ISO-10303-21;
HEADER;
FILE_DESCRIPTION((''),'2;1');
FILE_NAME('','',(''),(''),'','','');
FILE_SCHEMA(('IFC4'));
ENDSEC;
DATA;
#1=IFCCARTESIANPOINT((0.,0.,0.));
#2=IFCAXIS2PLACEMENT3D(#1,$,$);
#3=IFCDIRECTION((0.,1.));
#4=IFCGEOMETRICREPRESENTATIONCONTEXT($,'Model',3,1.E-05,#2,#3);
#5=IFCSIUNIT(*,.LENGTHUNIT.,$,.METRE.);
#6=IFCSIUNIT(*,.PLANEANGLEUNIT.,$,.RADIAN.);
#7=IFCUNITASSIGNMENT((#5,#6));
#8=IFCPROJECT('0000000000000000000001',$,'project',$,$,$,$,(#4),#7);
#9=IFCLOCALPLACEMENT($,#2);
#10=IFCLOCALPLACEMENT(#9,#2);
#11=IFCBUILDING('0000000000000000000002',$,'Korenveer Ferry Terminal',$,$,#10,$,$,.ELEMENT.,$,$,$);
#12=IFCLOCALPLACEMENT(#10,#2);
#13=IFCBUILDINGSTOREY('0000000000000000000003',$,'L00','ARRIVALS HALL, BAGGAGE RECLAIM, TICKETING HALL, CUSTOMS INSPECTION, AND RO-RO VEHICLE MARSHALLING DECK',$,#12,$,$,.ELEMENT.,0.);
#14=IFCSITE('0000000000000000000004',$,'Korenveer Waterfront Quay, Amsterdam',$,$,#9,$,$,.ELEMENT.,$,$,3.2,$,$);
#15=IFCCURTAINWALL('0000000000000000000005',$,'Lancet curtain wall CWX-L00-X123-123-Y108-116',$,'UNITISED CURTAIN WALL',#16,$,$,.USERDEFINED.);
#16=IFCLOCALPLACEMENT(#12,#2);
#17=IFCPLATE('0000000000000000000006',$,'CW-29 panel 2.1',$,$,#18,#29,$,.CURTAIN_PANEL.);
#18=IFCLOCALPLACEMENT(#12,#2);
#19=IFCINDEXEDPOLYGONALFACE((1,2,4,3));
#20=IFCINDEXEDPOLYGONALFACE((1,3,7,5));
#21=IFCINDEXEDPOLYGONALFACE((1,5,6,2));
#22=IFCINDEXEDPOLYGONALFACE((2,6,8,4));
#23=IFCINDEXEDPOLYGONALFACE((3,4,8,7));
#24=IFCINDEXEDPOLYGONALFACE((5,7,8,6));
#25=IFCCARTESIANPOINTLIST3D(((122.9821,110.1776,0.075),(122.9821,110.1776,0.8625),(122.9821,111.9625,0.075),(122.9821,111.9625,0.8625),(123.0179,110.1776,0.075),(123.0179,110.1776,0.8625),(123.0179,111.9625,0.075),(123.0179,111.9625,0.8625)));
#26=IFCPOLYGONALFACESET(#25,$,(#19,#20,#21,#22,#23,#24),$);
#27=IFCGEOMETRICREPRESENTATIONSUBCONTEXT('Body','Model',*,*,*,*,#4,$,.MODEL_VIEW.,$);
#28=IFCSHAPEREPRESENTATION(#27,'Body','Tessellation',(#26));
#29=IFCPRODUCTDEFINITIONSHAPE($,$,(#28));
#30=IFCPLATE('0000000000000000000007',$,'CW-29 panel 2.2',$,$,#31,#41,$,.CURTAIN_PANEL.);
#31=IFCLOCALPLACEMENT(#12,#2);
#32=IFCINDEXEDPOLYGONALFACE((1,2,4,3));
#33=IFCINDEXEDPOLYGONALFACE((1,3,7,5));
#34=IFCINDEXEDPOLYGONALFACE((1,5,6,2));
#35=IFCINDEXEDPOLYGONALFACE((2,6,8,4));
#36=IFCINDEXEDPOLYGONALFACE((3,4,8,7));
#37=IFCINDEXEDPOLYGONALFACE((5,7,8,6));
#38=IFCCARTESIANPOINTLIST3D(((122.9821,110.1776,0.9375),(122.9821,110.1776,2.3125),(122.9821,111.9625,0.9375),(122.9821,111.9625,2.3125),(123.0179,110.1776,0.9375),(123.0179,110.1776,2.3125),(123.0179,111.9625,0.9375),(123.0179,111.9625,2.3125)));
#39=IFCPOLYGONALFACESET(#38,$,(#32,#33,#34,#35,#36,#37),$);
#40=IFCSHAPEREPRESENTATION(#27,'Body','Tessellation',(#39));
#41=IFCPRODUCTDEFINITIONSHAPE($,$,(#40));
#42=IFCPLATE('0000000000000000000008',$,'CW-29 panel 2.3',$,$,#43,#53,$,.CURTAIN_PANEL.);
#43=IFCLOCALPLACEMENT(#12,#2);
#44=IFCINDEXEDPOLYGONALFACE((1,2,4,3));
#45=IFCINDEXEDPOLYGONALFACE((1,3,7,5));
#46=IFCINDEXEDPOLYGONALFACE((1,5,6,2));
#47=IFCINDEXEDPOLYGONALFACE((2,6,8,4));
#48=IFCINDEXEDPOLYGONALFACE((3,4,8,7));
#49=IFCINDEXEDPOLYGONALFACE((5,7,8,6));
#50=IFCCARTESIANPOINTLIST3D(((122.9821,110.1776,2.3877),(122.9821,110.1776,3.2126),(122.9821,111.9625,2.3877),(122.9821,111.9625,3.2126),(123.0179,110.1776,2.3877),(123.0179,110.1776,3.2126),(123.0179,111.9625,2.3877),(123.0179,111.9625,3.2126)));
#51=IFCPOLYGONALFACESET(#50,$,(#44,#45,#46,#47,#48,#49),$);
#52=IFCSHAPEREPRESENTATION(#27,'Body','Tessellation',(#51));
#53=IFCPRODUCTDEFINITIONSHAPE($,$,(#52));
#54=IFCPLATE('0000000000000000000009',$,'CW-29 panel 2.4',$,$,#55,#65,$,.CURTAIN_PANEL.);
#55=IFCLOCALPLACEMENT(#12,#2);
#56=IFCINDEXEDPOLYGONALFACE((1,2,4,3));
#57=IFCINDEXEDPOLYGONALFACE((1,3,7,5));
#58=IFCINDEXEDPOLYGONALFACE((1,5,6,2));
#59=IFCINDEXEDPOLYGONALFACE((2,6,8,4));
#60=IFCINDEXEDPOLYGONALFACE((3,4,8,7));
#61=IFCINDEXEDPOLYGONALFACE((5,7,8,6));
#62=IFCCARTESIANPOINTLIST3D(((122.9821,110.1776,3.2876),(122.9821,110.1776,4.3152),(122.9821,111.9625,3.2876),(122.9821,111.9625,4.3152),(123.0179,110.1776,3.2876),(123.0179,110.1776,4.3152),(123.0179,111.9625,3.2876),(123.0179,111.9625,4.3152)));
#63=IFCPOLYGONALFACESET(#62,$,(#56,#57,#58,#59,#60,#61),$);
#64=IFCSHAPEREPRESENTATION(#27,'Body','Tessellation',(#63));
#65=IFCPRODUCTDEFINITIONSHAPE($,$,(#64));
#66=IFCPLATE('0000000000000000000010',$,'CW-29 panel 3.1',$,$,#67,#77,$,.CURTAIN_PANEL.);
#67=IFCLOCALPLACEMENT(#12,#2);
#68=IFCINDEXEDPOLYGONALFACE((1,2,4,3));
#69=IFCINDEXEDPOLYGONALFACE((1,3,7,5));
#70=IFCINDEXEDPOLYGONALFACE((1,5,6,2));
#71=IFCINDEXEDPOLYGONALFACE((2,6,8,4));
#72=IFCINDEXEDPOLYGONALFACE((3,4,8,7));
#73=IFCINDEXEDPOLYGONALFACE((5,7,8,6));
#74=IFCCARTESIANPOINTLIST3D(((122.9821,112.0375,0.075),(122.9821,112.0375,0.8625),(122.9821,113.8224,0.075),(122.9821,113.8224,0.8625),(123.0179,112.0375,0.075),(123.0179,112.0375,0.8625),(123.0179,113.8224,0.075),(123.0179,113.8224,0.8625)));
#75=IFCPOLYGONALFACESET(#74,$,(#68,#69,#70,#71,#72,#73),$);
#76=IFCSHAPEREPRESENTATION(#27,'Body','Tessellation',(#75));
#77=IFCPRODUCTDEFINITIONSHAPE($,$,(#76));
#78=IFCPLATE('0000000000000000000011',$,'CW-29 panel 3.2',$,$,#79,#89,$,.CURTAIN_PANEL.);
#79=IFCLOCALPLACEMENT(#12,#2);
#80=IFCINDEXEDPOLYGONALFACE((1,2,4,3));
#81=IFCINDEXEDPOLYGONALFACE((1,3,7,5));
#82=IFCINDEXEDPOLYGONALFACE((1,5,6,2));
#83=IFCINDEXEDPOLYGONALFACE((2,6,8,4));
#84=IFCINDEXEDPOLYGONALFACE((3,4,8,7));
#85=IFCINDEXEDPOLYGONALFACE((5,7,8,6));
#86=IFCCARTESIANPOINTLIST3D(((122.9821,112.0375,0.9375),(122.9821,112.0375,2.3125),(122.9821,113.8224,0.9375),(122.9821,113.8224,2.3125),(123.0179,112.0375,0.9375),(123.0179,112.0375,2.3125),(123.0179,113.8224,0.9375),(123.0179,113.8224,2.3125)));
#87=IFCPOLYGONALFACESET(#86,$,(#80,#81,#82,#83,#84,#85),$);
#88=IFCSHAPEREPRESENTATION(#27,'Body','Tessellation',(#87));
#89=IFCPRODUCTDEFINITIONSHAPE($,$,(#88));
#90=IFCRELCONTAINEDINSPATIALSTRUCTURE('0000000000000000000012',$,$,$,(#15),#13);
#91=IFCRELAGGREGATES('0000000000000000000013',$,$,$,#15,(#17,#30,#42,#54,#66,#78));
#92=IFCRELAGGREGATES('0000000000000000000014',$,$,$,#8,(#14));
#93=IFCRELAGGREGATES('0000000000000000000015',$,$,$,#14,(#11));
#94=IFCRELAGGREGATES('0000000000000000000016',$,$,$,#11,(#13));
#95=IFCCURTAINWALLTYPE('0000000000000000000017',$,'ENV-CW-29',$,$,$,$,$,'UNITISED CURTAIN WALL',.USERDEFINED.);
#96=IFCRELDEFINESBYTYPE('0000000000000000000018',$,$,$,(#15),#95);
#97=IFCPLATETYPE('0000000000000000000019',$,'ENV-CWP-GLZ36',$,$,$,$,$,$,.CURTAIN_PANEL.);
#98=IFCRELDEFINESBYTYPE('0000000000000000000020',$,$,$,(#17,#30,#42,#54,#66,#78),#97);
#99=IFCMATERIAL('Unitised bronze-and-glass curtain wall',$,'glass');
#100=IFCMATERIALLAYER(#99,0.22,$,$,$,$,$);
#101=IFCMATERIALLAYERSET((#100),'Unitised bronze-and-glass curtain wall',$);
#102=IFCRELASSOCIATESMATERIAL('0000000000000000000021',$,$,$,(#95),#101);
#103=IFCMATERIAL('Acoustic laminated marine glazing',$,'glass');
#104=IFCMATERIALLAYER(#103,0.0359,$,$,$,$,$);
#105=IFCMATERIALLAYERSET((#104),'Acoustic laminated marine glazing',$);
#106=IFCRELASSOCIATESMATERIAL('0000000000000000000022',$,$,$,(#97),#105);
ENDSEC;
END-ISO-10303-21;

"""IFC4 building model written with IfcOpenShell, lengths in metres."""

from ifc_helpers import new_model, si_unit, direction, frame, origin, origin_2d, place, context, subcontext, project, spatial, rectangle, extrude, material, layer, layer_set, type_object, element, aggregate, save


model = new_model("IFC4")

# Units and contexts
model_context = context("Model", 3, precision=1e-05, world=origin(), true_north=direction((0.0, 1.0)))
body_context = subcontext(model_context, "Body", "Model", "MODEL_VIEW")
ifc_project = project(units=[si_unit("LENGTHUNIT", "METRE"), si_unit("PLANEANGLEUNIT", "RADIAN")], contexts=[model_context])

# Site, building, storey
site_placement = place(None, origin())
site = spatial("IfcSite", under=ifc_project, at=site_placement, Name="Korenveer Waterfront Quay, Amsterdam", CompositionType="ELEMENT", RefElevation=3.2)
building_placement = place(site_placement, origin())
building = spatial("IfcBuilding", under=site, at=building_placement, Name="Korenveer Ferry Terminal", CompositionType="ELEMENT")
storey_placement = place(building_placement, origin())
storey = spatial("IfcBuildingStorey", under=building, at=storey_placement, Name="L00", Description="ARRIVALS HALL, BAGGAGE RECLAIM, TICKETING HALL, CUSTOMS INSPECTION, AND RO-RO VEHICLE MARSHALLING DECK", CompositionType="ELEMENT", Elevation=0.0)

# Curtain wall, plates
ifc_material_1 = material(Name="Unitised bronze-and-glass curtain wall", Category="glass")
ifc_layer_1 = layer(ifc_material_1, 0.22)
ifc_layer_set_1 = layer_set([ifc_layer_1], Name="Unitised bronze-and-glass curtain wall")
curtain_wall_type = type_object("IfcCurtainWallType", Name="ENV-CW-29", ElementType="UNITISED CURTAIN WALL", PredefinedType="USERDEFINED", material=ifc_layer_set_1)
curtain_wall_placement = place(storey_placement, frame((123.0, 108.28, 0.0)))
curtain_wall = element("IfcCurtainWall", 1, at=curtain_wall_placement, inside=storey, type_object=curtain_wall_type, Name="Lancet curtain wall CWX-L00-X123-123-Y108-116", ObjectType="UNITISED CURTAIN WALL", PredefinedType="USERDEFINED")
ifc_material_2 = material(Name="Acoustic laminated marine glazing", Category="glass")
ifc_layer_2 = layer(ifc_material_2, 0.0359)
ifc_layer_set_2 = layer_set([ifc_layer_2], Name="Acoustic laminated marine glazing")
plate_type = type_object("IfcPlateType", Name="ENV-CWP-GLZ36", PredefinedType="CURTAIN_PANEL", material=ifc_layer_set_2)
plate_1_placement = place(storey_placement, frame((123.0, 111.0701, 0.075), z_axis=(0.0, 0.0, 1.0), x_axis=(0.0, 1.0, 0.0)))
plate_1 = element("IfcPlate", 2, at=plate_1_placement, type_object=plate_type, Name="CW-29 panel 2.1", PredefinedType="CURTAIN_PANEL", context=body_context, shape_type="SweptSolid", body=[
    extrude(rectangle(XDim=1.7849, YDim=0.0359, at=origin_2d()), origin(), (0.0, 0.0, 1.0), 0.7876),
])
plate_2_placement = place(storey_placement, frame((123.0, 111.0701, 0.9375), z_axis=(0.0, 0.0, 1.0), x_axis=(0.0, 1.0, 0.0)))
plate_2 = element("IfcPlate", 3, at=plate_2_placement, type_object=plate_type, Name="CW-29 panel 2.2", PredefinedType="CURTAIN_PANEL", context=body_context, shape_type="SweptSolid", body=[
    extrude(rectangle(XDim=1.7849, YDim=0.0359, at=origin_2d()), origin(), (0.0, 0.0, 1.0), 1.375),
])
plate_3_placement = place(storey_placement, frame((123.0, 111.0701, 2.3877), z_axis=(0.0, 0.0, 1.0), x_axis=(0.0, 1.0, 0.0)))
plate_3 = element("IfcPlate", 4, at=plate_3_placement, type_object=plate_type, Name="CW-29 panel 2.3", PredefinedType="CURTAIN_PANEL", context=body_context, shape_type="SweptSolid", body=[
    extrude(rectangle(XDim=1.7849, YDim=0.0359, at=origin_2d()), origin(), (0.0, 0.0, 1.0), 0.825),
])
plate_4_placement = place(storey_placement, frame((123.0, 111.0701, 3.2876), z_axis=(0.0, 0.0, 1.0), x_axis=(0.0, 1.0, 0.0)))
plate_4 = element("IfcPlate", 5, at=plate_4_placement, type_object=plate_type, Name="CW-29 panel 2.4", PredefinedType="CURTAIN_PANEL", context=body_context, shape_type="SweptSolid", body=[
    extrude(rectangle(XDim=1.7849, YDim=0.0359, at=origin_2d()), origin(), (0.0, 0.0, 1.0), 1.0276),
])
plate_5_placement = place(storey_placement, frame((123.0, 112.9299, 0.075), z_axis=(0.0, 0.0, 1.0), x_axis=(0.0, 1.0, 0.0)))
plate_5 = element("IfcPlate", 6, at=plate_5_placement, type_object=plate_type, Name="CW-29 panel 3.1", PredefinedType="CURTAIN_PANEL", context=body_context, shape_type="SweptSolid", body=[
    extrude(rectangle(XDim=1.7849, YDim=0.0359, at=origin_2d()), origin(), (0.0, 0.0, 1.0), 0.7876),
])
plate_6_placement = place(storey_placement, frame((123.0, 112.9299, 0.9375), z_axis=(0.0, 0.0, 1.0), x_axis=(0.0, 1.0, 0.0)))
plate_6 = element("IfcPlate", 7, at=plate_6_placement, type_object=plate_type, Name="CW-29 panel 3.2", PredefinedType="CURTAIN_PANEL", context=body_context, shape_type="SweptSolid", body=[
    extrude(rectangle(XDim=1.7849, YDim=0.0359, at=origin_2d()), origin(), (0.0, 0.0, 1.0), 1.375),
])
aggregate(curtain_wall, [plate_1, plate_2, plate_3, plate_4, plate_5, plate_6])

save(model, "model.ifc")
